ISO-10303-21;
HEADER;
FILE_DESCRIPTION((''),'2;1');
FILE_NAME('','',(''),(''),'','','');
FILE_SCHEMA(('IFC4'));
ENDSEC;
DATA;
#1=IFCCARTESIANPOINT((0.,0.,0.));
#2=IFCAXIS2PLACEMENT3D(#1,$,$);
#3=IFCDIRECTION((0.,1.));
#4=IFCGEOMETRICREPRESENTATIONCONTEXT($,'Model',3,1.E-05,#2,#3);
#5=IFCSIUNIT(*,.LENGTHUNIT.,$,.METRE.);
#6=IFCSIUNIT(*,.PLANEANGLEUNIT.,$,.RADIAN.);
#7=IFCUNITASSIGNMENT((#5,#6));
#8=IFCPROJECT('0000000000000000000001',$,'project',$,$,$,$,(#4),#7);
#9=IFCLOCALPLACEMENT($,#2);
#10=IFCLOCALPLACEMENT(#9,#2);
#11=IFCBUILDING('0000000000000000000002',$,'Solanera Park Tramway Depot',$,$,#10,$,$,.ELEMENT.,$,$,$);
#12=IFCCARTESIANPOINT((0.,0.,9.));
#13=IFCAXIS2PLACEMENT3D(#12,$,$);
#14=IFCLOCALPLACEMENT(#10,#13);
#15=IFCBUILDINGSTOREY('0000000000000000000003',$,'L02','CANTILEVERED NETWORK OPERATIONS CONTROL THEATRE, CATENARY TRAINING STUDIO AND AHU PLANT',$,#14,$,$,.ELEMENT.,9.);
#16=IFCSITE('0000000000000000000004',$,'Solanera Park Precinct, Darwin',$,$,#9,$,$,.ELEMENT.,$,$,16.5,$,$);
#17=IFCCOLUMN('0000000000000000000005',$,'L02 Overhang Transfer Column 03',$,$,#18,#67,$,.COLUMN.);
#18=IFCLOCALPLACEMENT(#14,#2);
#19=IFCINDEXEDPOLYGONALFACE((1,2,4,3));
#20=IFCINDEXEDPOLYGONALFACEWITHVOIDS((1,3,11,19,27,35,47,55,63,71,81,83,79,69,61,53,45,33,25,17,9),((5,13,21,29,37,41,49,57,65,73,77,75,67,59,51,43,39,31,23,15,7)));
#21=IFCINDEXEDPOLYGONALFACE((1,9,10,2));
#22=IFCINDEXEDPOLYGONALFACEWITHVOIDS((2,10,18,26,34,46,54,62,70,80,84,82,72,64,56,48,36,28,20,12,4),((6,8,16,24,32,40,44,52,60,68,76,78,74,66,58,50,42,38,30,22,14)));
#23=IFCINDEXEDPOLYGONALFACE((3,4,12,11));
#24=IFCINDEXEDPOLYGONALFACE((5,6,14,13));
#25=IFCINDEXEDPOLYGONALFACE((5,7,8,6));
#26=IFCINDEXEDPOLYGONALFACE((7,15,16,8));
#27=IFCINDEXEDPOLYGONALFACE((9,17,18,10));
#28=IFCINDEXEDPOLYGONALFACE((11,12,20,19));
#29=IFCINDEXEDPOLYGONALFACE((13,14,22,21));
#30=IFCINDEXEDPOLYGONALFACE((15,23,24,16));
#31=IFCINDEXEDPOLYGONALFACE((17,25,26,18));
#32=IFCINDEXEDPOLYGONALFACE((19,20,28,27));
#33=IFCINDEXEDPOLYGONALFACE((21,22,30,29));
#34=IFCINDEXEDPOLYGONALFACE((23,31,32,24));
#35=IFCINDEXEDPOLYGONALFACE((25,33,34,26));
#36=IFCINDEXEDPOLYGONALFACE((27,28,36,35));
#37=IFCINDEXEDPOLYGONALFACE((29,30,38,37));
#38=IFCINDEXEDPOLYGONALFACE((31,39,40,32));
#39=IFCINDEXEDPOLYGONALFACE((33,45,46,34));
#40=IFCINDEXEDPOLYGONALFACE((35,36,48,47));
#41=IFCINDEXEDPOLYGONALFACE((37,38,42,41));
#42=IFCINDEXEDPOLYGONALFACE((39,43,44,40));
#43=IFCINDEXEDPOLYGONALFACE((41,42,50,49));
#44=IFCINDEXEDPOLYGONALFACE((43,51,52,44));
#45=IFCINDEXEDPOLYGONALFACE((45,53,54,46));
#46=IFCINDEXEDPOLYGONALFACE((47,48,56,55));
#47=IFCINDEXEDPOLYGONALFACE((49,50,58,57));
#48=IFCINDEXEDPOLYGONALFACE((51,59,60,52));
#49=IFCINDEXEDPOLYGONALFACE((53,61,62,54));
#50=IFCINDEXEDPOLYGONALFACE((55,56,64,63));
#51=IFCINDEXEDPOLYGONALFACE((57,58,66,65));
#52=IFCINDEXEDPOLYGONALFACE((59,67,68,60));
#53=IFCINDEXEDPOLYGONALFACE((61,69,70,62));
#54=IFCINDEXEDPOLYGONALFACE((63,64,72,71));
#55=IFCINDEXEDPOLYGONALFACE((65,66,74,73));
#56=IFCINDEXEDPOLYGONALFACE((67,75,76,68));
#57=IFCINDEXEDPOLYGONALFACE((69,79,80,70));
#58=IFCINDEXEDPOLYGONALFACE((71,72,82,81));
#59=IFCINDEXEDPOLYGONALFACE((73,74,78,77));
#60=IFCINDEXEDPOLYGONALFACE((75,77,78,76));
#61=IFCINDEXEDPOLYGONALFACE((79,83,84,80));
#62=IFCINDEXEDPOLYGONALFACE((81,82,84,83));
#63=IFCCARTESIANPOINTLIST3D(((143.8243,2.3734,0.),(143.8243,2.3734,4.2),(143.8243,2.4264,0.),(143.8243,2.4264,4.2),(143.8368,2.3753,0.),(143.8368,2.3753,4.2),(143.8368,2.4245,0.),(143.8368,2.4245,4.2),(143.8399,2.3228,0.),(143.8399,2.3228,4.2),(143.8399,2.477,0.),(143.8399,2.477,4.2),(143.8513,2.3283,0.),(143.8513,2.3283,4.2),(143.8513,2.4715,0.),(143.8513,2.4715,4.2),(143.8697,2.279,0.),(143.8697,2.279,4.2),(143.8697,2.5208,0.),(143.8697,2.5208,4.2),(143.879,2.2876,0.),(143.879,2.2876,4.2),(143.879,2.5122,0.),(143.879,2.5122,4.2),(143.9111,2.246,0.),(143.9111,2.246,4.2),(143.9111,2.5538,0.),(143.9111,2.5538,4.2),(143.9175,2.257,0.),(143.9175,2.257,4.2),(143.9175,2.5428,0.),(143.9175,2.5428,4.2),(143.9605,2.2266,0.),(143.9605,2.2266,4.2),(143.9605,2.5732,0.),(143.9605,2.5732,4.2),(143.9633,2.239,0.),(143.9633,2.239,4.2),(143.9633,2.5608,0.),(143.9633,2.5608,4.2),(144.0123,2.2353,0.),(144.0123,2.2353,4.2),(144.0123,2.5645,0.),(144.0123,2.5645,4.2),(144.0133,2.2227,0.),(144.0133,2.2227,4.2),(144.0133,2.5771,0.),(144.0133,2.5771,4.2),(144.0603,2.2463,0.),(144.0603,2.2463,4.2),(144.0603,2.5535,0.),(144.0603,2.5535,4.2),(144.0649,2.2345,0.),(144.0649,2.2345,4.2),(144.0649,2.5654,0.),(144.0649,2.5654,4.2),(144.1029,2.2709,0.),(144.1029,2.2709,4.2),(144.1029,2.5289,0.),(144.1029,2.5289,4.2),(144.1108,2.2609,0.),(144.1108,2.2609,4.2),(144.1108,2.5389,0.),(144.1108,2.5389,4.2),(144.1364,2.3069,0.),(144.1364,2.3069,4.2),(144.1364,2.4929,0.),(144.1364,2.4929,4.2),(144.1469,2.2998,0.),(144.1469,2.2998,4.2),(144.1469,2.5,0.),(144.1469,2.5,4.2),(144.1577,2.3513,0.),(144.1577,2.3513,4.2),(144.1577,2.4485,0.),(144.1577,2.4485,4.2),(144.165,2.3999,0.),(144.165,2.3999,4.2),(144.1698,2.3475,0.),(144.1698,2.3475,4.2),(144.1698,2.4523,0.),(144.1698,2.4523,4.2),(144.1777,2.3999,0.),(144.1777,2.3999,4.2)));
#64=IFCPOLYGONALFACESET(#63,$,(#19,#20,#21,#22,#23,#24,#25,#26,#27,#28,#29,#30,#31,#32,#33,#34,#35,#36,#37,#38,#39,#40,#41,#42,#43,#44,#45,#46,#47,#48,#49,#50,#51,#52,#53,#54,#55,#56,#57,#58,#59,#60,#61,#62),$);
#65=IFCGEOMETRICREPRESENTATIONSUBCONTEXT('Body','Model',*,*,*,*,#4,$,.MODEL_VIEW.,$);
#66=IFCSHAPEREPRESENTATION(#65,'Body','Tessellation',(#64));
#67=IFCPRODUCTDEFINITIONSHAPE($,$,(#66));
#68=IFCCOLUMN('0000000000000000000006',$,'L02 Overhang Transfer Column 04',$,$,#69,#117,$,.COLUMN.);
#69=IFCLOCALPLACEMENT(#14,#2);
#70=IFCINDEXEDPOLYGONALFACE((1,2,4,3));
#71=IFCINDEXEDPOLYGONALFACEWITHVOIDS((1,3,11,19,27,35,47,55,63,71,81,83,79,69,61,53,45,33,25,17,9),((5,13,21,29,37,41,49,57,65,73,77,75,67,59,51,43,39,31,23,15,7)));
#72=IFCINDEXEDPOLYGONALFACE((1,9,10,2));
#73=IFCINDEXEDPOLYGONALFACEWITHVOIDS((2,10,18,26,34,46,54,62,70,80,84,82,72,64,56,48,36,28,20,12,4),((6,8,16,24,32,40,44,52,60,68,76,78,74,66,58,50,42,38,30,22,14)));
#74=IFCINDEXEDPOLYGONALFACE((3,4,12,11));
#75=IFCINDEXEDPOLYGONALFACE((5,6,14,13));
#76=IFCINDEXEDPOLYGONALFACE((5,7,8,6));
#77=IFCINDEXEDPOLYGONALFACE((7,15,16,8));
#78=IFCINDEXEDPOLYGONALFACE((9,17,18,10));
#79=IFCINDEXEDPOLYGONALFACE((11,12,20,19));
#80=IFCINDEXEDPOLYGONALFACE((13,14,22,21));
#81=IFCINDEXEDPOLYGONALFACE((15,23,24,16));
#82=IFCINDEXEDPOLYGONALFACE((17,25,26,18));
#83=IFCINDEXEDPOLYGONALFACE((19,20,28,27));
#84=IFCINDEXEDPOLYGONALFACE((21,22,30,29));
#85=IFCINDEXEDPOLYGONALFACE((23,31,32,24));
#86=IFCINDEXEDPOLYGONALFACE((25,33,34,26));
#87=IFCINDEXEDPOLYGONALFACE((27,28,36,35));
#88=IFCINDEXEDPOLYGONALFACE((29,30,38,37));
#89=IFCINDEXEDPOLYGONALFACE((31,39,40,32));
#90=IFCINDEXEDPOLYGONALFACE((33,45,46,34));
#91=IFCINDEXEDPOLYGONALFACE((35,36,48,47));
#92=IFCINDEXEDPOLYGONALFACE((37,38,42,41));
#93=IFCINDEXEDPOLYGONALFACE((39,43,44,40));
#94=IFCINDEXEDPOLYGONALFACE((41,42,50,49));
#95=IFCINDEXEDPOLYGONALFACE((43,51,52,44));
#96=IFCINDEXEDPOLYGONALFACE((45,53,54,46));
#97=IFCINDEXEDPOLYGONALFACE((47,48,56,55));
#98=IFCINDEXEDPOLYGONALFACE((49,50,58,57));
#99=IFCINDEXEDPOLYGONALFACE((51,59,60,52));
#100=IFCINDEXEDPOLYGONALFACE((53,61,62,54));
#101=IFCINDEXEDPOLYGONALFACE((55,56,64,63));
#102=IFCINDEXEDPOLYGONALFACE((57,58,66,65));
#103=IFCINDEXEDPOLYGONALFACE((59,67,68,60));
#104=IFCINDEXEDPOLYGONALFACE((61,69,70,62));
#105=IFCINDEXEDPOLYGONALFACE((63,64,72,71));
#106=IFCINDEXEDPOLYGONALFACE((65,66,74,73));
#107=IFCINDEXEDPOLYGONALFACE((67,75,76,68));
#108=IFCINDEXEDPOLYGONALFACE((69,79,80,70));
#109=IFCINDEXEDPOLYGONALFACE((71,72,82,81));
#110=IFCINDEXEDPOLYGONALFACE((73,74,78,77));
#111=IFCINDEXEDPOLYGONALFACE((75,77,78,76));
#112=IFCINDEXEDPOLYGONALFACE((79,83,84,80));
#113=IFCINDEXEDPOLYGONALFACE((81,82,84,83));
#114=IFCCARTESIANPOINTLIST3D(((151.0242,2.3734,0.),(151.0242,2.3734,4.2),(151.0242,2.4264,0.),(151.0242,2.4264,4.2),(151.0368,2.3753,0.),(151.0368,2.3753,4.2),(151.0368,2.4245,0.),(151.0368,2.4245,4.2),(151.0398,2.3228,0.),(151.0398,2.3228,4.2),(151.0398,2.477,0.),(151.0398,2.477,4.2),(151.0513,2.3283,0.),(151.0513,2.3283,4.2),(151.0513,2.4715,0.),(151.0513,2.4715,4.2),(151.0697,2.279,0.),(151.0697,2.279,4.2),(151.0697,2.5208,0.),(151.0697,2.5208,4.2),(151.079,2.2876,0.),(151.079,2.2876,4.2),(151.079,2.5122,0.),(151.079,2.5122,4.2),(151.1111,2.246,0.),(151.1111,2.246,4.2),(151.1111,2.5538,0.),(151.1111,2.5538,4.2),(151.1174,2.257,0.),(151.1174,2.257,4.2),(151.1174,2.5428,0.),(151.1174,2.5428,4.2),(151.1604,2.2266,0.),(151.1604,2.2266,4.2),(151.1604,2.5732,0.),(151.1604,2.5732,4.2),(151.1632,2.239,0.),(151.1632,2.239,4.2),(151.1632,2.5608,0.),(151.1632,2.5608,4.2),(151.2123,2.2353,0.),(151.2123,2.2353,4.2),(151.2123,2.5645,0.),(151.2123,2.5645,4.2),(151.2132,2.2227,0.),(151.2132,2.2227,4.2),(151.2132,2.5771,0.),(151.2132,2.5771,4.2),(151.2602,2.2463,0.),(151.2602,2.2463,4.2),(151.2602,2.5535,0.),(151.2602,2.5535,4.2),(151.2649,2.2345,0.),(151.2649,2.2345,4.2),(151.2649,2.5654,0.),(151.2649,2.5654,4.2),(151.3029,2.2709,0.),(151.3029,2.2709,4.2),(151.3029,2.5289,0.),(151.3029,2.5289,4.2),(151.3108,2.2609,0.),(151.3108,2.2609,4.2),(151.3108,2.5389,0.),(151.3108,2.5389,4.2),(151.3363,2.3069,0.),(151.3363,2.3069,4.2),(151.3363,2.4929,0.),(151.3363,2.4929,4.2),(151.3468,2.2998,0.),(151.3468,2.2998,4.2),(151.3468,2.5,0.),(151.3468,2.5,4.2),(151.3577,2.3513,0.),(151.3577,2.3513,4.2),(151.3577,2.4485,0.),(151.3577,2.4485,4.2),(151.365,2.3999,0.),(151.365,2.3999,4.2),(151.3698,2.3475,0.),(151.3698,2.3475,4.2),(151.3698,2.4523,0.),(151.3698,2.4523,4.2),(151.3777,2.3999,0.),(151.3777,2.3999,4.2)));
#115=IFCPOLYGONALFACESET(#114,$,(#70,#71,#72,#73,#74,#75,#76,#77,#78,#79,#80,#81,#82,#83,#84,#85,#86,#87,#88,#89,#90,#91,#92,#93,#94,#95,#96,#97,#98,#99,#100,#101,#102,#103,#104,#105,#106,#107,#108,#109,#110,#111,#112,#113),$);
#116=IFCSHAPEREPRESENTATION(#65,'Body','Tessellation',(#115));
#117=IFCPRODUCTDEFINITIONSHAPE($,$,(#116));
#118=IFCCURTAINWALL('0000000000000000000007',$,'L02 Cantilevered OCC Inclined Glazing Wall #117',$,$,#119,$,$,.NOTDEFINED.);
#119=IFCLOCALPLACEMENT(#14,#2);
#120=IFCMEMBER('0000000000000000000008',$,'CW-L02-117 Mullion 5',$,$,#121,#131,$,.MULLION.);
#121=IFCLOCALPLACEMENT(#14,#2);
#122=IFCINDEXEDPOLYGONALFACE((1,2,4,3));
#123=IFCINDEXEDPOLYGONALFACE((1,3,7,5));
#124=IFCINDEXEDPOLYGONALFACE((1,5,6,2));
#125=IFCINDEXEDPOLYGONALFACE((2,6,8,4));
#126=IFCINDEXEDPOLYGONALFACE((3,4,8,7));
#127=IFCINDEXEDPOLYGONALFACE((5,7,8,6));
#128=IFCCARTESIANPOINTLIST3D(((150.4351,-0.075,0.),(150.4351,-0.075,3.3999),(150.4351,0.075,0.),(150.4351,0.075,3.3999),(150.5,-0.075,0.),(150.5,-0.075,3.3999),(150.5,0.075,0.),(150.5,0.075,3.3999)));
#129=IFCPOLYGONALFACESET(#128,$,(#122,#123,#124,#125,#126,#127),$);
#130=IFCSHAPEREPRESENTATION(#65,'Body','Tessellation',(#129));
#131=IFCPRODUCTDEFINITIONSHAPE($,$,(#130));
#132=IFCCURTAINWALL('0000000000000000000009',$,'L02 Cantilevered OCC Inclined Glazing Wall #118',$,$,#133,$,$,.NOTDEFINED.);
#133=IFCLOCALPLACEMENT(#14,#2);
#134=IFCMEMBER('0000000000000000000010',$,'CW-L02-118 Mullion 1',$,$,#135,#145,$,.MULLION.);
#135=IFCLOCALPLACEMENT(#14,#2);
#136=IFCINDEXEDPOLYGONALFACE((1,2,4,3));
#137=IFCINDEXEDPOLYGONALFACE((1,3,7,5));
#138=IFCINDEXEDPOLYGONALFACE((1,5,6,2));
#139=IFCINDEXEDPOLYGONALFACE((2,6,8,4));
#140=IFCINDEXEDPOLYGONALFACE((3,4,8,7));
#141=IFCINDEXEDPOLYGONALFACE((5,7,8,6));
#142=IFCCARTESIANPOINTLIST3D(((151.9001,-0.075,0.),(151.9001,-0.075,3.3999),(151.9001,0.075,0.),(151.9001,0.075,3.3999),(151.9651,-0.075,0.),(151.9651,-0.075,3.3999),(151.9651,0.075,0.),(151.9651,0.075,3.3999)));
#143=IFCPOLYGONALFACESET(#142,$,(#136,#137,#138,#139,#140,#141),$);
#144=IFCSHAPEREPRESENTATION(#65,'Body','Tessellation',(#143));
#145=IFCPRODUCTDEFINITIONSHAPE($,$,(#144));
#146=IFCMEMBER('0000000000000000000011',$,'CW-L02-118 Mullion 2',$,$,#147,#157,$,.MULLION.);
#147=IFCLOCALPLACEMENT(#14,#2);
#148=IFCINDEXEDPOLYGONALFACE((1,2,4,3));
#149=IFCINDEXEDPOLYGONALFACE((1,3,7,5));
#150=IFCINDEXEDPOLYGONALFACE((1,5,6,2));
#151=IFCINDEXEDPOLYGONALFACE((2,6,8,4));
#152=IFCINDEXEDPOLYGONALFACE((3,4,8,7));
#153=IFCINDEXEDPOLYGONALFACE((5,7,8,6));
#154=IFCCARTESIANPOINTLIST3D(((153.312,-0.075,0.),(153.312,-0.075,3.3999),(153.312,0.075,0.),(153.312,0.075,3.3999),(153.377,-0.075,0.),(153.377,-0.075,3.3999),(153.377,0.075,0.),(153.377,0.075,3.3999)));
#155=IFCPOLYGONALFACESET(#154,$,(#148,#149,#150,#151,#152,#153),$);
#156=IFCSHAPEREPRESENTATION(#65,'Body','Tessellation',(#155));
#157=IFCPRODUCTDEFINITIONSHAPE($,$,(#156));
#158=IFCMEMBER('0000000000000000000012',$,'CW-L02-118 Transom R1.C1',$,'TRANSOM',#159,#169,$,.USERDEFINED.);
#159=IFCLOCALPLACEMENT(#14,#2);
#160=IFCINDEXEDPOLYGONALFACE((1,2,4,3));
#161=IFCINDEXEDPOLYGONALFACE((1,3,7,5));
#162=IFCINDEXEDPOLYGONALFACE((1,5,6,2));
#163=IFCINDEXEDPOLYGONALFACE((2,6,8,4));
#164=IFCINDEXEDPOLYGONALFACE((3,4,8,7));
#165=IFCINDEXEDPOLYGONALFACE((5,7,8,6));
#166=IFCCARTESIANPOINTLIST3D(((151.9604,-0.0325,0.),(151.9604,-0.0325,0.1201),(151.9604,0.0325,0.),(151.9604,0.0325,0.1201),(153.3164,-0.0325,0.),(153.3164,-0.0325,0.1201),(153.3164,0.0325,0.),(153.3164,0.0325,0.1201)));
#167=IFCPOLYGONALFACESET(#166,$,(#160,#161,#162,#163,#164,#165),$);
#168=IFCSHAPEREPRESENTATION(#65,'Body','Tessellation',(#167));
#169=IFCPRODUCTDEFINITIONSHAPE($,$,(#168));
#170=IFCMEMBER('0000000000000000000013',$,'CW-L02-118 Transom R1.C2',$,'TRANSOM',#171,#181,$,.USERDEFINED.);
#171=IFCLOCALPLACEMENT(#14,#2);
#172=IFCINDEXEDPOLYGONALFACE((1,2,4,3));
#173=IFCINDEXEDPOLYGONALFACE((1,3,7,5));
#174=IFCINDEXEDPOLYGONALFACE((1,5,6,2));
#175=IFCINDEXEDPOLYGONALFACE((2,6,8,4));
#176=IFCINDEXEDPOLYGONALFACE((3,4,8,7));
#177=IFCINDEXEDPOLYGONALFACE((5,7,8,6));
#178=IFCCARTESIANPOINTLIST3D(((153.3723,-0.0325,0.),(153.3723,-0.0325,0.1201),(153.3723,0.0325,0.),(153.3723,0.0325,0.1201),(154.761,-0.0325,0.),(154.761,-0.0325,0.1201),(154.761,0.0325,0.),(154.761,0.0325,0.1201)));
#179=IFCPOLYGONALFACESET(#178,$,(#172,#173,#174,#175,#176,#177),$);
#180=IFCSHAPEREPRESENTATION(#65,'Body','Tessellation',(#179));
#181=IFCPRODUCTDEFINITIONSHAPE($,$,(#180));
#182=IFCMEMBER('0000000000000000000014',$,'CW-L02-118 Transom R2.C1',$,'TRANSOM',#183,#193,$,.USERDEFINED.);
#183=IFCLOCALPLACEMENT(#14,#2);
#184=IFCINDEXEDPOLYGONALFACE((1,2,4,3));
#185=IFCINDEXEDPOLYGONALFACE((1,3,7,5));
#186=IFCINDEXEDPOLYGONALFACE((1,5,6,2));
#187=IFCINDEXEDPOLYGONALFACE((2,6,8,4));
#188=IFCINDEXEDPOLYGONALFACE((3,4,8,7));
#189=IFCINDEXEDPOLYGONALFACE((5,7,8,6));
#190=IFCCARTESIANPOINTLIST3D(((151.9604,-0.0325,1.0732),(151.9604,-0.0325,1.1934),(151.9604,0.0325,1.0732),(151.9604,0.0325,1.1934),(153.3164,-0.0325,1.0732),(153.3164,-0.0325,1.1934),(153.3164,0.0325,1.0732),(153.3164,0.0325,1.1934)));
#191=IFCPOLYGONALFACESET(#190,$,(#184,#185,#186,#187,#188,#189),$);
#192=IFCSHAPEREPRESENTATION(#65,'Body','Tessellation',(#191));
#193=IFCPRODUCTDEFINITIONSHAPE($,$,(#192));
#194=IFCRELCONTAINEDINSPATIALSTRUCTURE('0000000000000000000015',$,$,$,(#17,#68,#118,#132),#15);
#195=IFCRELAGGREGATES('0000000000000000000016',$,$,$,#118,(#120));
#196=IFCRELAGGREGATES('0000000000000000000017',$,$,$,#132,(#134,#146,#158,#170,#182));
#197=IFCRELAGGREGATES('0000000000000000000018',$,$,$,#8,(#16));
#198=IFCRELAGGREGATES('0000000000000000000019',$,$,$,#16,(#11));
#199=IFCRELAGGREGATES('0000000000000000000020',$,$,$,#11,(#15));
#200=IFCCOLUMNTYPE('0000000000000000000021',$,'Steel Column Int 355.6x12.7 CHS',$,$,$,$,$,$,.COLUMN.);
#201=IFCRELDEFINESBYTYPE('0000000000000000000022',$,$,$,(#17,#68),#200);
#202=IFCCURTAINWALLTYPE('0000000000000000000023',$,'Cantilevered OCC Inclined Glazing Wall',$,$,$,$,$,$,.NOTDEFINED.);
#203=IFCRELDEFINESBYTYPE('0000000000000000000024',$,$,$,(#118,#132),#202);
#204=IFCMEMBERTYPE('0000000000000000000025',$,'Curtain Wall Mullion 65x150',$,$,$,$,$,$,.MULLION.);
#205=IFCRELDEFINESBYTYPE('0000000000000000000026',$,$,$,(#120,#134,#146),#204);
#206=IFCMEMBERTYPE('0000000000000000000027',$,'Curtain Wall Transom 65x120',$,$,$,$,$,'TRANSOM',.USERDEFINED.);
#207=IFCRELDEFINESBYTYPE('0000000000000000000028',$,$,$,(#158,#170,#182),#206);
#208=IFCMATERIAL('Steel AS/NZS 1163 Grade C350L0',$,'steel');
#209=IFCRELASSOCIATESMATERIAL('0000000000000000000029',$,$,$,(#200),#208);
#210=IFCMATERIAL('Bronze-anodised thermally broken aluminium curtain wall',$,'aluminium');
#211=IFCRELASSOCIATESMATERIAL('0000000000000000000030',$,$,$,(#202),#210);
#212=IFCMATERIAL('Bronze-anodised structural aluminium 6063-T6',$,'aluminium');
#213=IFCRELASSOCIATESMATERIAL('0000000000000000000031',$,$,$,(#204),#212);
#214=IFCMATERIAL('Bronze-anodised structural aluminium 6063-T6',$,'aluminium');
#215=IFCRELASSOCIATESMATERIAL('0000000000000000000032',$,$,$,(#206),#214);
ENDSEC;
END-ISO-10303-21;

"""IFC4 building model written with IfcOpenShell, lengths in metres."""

from ifc_helpers import new_model, si_unit, direction, frame, origin, origin_2d, place, context, subcontext, project, spatial, rectangle, hollow_circle, extrude, material, material_profile, profile_set, type_object, element, aggregate, save


model = new_model("IFC4")

# Units and contexts
model_context = context("Model", 3, precision=1e-05, world=origin(), true_north=direction((0.0, 1.0)))
body_context = subcontext(model_context, "Body", "Model", "MODEL_VIEW")
ifc_project = project(units=[si_unit("LENGTHUNIT", "METRE"), si_unit("PLANEANGLEUNIT", "RADIAN")], contexts=[model_context])

# Site, building, storey
site_placement = place(None, origin())
site = spatial("IfcSite", under=ifc_project, at=site_placement, Name="Solanera Park Precinct, Darwin", CompositionType="ELEMENT", RefElevation=16.5)
building_placement = place(site_placement, origin())
building = spatial("IfcBuilding", under=site, at=building_placement, Name="Solanera Park Tramway Depot", CompositionType="ELEMENT")
storey_placement = place(building_placement, frame((0.0, 0.0, 9.0)))
storey = spatial("IfcBuildingStorey", under=building, at=storey_placement, Name="L02", Description="CANTILEVERED NETWORK OPERATIONS CONTROL THEATRE, CATENARY TRAINING STUDIO AND AHU PLANT", CompositionType="ELEMENT", Elevation=9.0)

# Columns
ifc_material_1 = material(Name="Steel AS/NZS 1163 Grade C350L0", Category="steel")
ifc_material_profile_1 = material_profile(ifc_material_1, hollow_circle(Radius=0.1777, WallThickness=0.0127, at=origin_2d()), Name="355.6x12.7 CHS")
ifc_profile_set_1 = profile_set([ifc_material_profile_1], Name="Steel AS/NZS 1163 Grade C350L0")
column_type = type_object("IfcColumnType", Name="Steel Column Int 355.6x12.7 CHS", PredefinedType="COLUMN", material=ifc_profile_set_1)
for number, where, z_axis, x_axis, name in (
    (1, (144.0, 2.3999, 0.0), (0.0, 0.0, 1.0), (1.0, 0.0, 0.0), "L02 Overhang Transfer Column 03"),
    (2, (151.2, 2.3999, 0.0), (0.0, 0.0, 1.0), (1.0, 0.0, 0.0), "L02 Overhang Transfer Column 04"),
):
    element("IfcColumn", number, at=place(storey_placement, frame(where, z_axis=z_axis, x_axis=x_axis)), inside=storey, type_object=column_type, Name=name, PredefinedType="COLUMN", context=body_context, shape_type="SweptSolid", body=[
        extrude(hollow_circle(Radius=0.1777, WallThickness=0.0127, at=origin_2d()), origin(), (0.0, 0.0, 1.0), 4.2),
    ])

# Curtain wall, member
ifc_material_2 = material(Name="Bronze-anodised thermally broken aluminium curtain wall", Category="aluminium")
curtain_wall_type = type_object("IfcCurtainWallType", Name="Cantilevered OCC Inclined Glazing Wall", PredefinedType="NOTDEFINED", material=ifc_material_2)
curtain_wall_1_placement = place(storey_placement, origin())
curtain_wall_1 = element("IfcCurtainWall", 3, at=curtain_wall_1_placement, inside=storey, type_object=curtain_wall_type, Name="L02 Cantilevered OCC Inclined Glazing Wall #117", PredefinedType="NOTDEFINED")
ifc_material_3 = material(Name="Bronze-anodised structural aluminium 6063-T6", Category="aluminium")
ifc_material_profile_2 = material_profile(ifc_material_3, rectangle(XDim=0.0649, YDim=0.1499, at=origin_2d()), Name="Curtain Wall Mullion 65x150")
ifc_profile_set_2 = profile_set([ifc_material_profile_2], Name="Bronze-anodised structural aluminium 6063-T6")
member_type_1 = type_object("IfcMemberType", Name="Curtain Wall Mullion 65x150", PredefinedType="MULLION", material=ifc_profile_set_2)
member_1_placement = place(storey_placement, frame((150.4675, 0.0, 0.0), z_axis=(0.0, 0.0, 1.0), x_axis=(1.0, 0.0, 0.0)))
member_1 = element("IfcMember", 4, at=member_1_placement, type_object=member_type_1, Name="CW-L02-117 Mullion 5", PredefinedType="MULLION", context=body_context, shape_type="SweptSolid", body=[
    extrude(rectangle(XDim=0.0649, YDim=0.1499, at=origin_2d()), origin(), (0.0, 0.0, 1.0), 3.3999),
])

# Curtain wall, members
curtain_wall_2_placement = place(storey_placement, origin())
curtain_wall_2 = element("IfcCurtainWall", 5, at=curtain_wall_2_placement, inside=storey, type_object=curtain_wall_type, Name="L02 Cantilevered OCC Inclined Glazing Wall #118", PredefinedType="NOTDEFINED")
member_2_placement = place(storey_placement, frame((151.9326, 0.0, 0.0), z_axis=(0.0, 0.0, 1.0), x_axis=(1.0, 0.0, 0.0)))
member_2 = element("IfcMember", 6, at=member_2_placement, type_object=member_type_1, Name="CW-L02-118 Mullion 1", PredefinedType="MULLION", context=body_context, shape_type="SweptSolid", body=[
    extrude(rectangle(XDim=0.0649, YDim=0.1499, at=origin_2d()), origin(), (0.0, 0.0, 1.0), 3.3999),
])
member_3_placement = place(storey_placement, frame((153.3445, 0.0, 0.0), z_axis=(0.0, 0.0, 1.0), x_axis=(1.0, 0.0, 0.0)))
member_3 = element("IfcMember", 7, at=member_3_placement, type_object=member_type_1, Name="CW-L02-118 Mullion 2", PredefinedType="MULLION", context=body_context, shape_type="SweptSolid", body=[
    extrude(rectangle(XDim=0.0649, YDim=0.1499, at=origin_2d()), origin(), (0.0, 0.0, 1.0), 3.3999),
])
ifc_material_4 = material(Name="Bronze-anodised structural aluminium 6063-T6", Category="aluminium")
ifc_material_profile_3 = material_profile(ifc_material_4, rectangle(XDim=0.0649, YDim=0.1201, at=origin_2d()), Name="Curtain Wall Transom 65x120")
ifc_profile_set_3 = profile_set([ifc_material_profile_3], Name="Bronze-anodised structural aluminium 6063-T6")
member_type_2 = type_object("IfcMemberType", Name="Curtain Wall Transom 65x120", ElementType="TRANSOM", PredefinedType="USERDEFINED", material=ifc_profile_set_3)
member_4_placement = place(storey_placement, frame((151.9604, 0.0, 0.0601), z_axis=(1.0, 0.0, 0.0), x_axis=(0.0, 1.0, 0.0)))
member_4 = element("IfcMember", 8, at=member_4_placement, type_object=member_type_2, Name="CW-L02-118 Transom R1.C1", ObjectType="TRANSOM", PredefinedType="USERDEFINED", context=body_context, shape_type="SweptSolid", body=[
    extrude(rectangle(XDim=0.0649, YDim=0.1201, at=origin_2d()), origin(), (0.0, 0.0, 1.0), 1.356),
])
member_5_placement = place(storey_placement, frame((153.3723, 0.0, 0.0601), z_axis=(1.0, 0.0, 0.0), x_axis=(0.0, 1.0, 0.0)))
member_5 = element("IfcMember", 9, at=member_5_placement, type_object=member_type_2, Name="CW-L02-118 Transom R1.C2", ObjectType="TRANSOM", PredefinedType="USERDEFINED", context=body_context, shape_type="SweptSolid", body=[
    extrude(rectangle(XDim=0.0649, YDim=0.1201, at=origin_2d()), origin(), (0.0, 0.0, 1.0), 1.3887),
])
member_6_placement = place(storey_placement, frame((151.9604, 0.0, 1.1333), z_axis=(1.0, 0.0, 0.0), x_axis=(0.0, 1.0, 0.0)))
member_6 = element("IfcMember", 10, at=member_6_placement, type_object=member_type_2, Name="CW-L02-118 Transom R2.C1", ObjectType="TRANSOM", PredefinedType="USERDEFINED", context=body_context, shape_type="SweptSolid", body=[
    extrude(rectangle(XDim=0.0649, YDim=0.1201, at=origin_2d()), origin(), (0.0, 0.0, 1.0), 1.356),
])

aggregate(curtain_wall_1, [member_1])
aggregate(curtain_wall_2, [member_2, member_3, member_4, member_5, member_6])

save(model, "model.ifc")
